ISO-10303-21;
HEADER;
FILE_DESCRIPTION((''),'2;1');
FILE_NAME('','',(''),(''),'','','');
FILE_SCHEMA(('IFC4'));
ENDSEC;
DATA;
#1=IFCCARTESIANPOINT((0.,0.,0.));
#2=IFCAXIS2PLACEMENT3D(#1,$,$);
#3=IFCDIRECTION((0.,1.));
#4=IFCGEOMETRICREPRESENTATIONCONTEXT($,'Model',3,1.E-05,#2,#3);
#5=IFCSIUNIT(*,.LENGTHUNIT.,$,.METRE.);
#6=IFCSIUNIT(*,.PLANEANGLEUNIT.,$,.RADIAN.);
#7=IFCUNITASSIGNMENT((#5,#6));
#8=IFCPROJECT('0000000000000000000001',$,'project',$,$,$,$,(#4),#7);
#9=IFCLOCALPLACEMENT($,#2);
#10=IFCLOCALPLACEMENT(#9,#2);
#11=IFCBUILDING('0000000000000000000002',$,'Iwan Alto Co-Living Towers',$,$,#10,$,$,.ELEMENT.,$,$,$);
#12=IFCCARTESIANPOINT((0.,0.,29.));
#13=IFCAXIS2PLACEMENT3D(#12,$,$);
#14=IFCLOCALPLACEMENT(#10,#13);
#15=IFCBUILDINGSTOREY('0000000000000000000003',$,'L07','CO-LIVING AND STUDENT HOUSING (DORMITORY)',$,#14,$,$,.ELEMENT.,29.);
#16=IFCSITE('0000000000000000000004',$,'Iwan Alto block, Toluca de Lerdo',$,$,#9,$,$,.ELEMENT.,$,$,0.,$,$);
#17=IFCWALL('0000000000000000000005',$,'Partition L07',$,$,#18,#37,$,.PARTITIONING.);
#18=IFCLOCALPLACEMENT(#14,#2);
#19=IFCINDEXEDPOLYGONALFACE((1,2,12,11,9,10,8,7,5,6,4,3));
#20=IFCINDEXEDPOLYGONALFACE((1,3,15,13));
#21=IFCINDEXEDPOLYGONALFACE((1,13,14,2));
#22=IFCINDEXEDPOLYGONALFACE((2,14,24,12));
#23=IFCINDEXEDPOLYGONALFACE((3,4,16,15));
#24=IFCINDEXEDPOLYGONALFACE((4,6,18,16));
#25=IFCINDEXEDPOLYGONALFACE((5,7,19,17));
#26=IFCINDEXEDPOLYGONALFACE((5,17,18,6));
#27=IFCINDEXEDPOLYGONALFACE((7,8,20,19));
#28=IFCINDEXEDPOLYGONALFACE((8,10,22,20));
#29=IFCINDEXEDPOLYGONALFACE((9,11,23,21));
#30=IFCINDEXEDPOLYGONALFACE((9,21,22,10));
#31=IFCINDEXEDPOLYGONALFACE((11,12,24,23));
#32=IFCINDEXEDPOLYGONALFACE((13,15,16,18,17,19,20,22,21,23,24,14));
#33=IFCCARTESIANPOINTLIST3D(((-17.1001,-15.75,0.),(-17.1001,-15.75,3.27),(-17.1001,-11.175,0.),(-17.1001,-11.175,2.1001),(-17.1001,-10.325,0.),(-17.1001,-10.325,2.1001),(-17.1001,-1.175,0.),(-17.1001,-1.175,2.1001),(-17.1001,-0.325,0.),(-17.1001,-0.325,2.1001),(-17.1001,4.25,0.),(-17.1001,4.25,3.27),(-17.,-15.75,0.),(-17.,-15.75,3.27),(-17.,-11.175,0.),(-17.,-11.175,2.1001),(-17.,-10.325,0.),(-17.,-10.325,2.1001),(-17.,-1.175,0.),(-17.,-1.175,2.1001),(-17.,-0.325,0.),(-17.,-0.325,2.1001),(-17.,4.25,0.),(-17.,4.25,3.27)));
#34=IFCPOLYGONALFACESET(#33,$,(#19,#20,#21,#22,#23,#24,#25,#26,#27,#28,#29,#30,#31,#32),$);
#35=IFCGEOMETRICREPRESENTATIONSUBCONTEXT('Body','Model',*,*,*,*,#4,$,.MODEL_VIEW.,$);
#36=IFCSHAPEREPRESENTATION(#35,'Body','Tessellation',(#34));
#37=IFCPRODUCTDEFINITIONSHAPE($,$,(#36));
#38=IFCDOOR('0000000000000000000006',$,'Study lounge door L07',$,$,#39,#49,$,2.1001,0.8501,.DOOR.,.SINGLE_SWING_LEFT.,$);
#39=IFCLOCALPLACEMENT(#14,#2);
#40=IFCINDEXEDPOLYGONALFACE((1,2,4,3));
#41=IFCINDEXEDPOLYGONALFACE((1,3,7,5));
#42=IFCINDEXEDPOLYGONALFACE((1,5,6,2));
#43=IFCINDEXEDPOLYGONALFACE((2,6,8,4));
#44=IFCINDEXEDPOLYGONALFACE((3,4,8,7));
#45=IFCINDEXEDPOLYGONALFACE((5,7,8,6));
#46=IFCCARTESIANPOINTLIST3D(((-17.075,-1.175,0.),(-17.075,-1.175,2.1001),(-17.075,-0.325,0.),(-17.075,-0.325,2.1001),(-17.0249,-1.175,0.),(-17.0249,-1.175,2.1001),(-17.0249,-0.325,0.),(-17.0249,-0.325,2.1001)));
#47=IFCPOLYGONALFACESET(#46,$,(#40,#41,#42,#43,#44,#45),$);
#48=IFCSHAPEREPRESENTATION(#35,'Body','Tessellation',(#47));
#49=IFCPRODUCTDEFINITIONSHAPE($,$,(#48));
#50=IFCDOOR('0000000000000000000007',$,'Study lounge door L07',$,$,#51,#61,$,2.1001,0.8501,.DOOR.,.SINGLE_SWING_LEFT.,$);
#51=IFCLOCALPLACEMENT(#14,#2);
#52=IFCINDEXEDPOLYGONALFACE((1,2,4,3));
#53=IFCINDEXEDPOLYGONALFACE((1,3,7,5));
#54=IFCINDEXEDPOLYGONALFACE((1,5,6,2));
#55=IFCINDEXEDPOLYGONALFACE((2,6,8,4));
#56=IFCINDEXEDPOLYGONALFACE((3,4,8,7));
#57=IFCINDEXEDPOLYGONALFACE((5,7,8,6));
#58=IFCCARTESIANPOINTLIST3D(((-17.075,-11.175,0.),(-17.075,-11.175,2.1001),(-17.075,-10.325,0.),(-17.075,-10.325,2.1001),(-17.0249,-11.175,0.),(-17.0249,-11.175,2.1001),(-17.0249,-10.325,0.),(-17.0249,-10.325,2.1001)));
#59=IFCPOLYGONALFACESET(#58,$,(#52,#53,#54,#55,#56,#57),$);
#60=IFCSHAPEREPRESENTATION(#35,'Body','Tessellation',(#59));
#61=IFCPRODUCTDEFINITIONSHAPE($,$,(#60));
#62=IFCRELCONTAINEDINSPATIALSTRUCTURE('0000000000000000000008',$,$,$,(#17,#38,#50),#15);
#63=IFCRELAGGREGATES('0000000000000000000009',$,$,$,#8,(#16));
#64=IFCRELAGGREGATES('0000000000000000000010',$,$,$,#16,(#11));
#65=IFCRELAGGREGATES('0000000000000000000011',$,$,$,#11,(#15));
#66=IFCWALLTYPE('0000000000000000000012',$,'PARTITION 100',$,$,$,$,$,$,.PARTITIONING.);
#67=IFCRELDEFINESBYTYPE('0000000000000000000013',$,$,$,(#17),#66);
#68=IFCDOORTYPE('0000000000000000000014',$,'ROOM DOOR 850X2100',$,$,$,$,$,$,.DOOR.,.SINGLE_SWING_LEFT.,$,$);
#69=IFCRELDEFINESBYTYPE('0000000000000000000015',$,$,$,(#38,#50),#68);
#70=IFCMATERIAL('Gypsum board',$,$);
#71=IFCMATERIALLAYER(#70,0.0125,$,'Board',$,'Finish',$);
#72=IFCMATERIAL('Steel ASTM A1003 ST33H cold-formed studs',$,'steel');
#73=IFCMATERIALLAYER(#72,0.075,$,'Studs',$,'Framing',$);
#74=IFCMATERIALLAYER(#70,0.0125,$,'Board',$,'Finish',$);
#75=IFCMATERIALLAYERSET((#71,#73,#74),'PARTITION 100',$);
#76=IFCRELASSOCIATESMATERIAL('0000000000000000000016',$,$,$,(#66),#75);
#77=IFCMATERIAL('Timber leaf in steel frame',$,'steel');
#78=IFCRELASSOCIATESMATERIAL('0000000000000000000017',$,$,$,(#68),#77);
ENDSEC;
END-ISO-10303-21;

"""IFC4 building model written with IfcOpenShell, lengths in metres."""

from ifc_helpers import new_model, si_unit, direction, frame, frame_2d, origin, place, context, subcontext, project, spatial, rectangle, extrude, material, layer, layer_set, type_object, element, fill, save


model = new_model("IFC4")

# Units and contexts
model_context = context("Model", 3, precision=1e-05, world=origin(), true_north=direction((0.0, 1.0)))
body_context = subcontext(model_context, "Body", "Model", "MODEL_VIEW")
ifc_project = project(units=[si_unit("LENGTHUNIT", "METRE"), si_unit("PLANEANGLEUNIT", "RADIAN")], contexts=[model_context])

# Site, building, storey
site_placement = place(None, origin())
site = spatial("IfcSite", under=ifc_project, at=site_placement, Name="Iwan Alto block, Toluca de Lerdo", CompositionType="ELEMENT", RefElevation=0.0)
building_placement = place(site_placement, origin())
building = spatial("IfcBuilding", under=site, at=building_placement, Name="Iwan Alto Co-Living Towers", CompositionType="ELEMENT")
storey_placement = place(building_placement, frame((0.0, 0.0, 29.0)))
storey = spatial("IfcBuildingStorey", under=building, at=storey_placement, Name="L07", Description="CO-LIVING AND STUDENT HOUSING (DORMITORY)", CompositionType="ELEMENT", Elevation=29.0)

# Shared definitions
ifc_material_1 = material(Name="Gypsum board")
ifc_layer_1 = layer(ifc_material_1, 0.0125, Name="Board", Category="Finish")
ifc_material_2 = material(Name="Steel ASTM A1003 ST33H cold-formed studs", Category="steel")
ifc_layer_2 = layer(ifc_material_2, 0.075, Name="Studs", Category="Framing")
ifc_layer_3 = layer(ifc_material_1, 0.0125, Name="Board", Category="Finish")
ifc_layer_set = layer_set([ifc_layer_1, ifc_layer_2, ifc_layer_3], Name="PARTITION 100")
wall_type = type_object("IfcWallType", Name="PARTITION 100", PredefinedType="PARTITIONING", material=ifc_layer_set)

# Wall, openings, doors
wall_1_placement = place(storey_placement, frame((-17.05, -15.75, 0.0), z_axis=(0.0, 0.0, 1.0), x_axis=(0.0, 1.0, 0.0)))
wall_1 = element("IfcWall", 1, at=wall_1_placement, inside=storey, type_object=wall_type, Name="Partition L07", PredefinedType="PARTITIONING", context=body_context, shape_type="SweptSolid", body=[
    extrude(rectangle(XDim=20.0, YDim=0.1001, at=frame_2d((10.0, 0.0))), origin(), (0.0, 0.0, 1.0), 3.27),
])
opening_1_placement = place(wall_1_placement, frame((14.575, 0.0, 0.0)))
opening_1 = element("IfcOpeningElement", 2, at=opening_1_placement, cuts=wall_1, PredefinedType="OPENING", context=body_context, shape_type="SweptSolid", body=[
    extrude(rectangle(XDim=0.8501, YDim=2.1001, at=frame_2d((0.425, 1.05))), frame((0.0, 0.0601, 0.0), z_axis=(0.0, -1.0, 0.0), x_axis=(1.0, 0.0, 0.0)), (0.0, 0.0, 1.0), 0.1201),
])
opening_2_placement = place(wall_1_placement, frame((4.575, 0.0, 0.0)))
opening_2 = element("IfcOpeningElement", 3, at=opening_2_placement, cuts=wall_1, PredefinedType="OPENING", context=body_context, shape_type="SweptSolid", body=[
    extrude(rectangle(XDim=0.8501, YDim=2.1001, at=frame_2d((0.425, 1.05))), frame((0.0, 0.0601, 0.0), z_axis=(0.0, -1.0, 0.0), x_axis=(1.0, 0.0, 0.0)), (0.0, 0.0, 1.0), 0.1201),
])
ifc_material_3 = material(Name="Timber leaf in steel frame", Category="steel")
door_type_1 = type_object("IfcDoorType", Name="ROOM DOOR 850X2100", OperationType="SINGLE_SWING_LEFT", PredefinedType="DOOR", material=ifc_material_3)
door_1_placement = place(opening_1_placement, origin())
door_1 = element("IfcDoor", 4, at=door_1_placement, inside=storey, type_object=door_type_1, Name="Study lounge door L07", OperationType="SINGLE_SWING_LEFT", OverallHeight=2.1001, OverallWidth=0.8501, PredefinedType="DOOR", context=body_context, shape_type="SweptSolid", body=[
    extrude(rectangle(XDim=0.8501, YDim=2.1001, at=frame_2d((0.425, 1.05))), frame((0.0, 0.0249, 0.0), z_axis=(0.0, -1.0, 0.0), x_axis=(1.0, 0.0, 0.0)), (0.0, 0.0, 1.0), 0.05),
])
fill(opening_1, door_1)
door_2_placement = place(opening_2_placement, origin())
door_2 = element("IfcDoor", 5, at=door_2_placement, inside=storey, type_object=door_type_1, Name="Study lounge door L07", OperationType="SINGLE_SWING_LEFT", OverallHeight=2.1001, OverallWidth=0.8501, PredefinedType="DOOR", context=body_context, shape_type="SweptSolid", body=[
    extrude(rectangle(XDim=0.8501, YDim=2.1001, at=frame_2d((0.425, 1.05))), frame((0.0, 0.0249, 0.0), z_axis=(0.0, -1.0, 0.0), x_axis=(1.0, 0.0, 0.0)), (0.0, 0.0, 1.0), 0.05),
])
fill(opening_2, door_2)

save(model, "model.ifc")
